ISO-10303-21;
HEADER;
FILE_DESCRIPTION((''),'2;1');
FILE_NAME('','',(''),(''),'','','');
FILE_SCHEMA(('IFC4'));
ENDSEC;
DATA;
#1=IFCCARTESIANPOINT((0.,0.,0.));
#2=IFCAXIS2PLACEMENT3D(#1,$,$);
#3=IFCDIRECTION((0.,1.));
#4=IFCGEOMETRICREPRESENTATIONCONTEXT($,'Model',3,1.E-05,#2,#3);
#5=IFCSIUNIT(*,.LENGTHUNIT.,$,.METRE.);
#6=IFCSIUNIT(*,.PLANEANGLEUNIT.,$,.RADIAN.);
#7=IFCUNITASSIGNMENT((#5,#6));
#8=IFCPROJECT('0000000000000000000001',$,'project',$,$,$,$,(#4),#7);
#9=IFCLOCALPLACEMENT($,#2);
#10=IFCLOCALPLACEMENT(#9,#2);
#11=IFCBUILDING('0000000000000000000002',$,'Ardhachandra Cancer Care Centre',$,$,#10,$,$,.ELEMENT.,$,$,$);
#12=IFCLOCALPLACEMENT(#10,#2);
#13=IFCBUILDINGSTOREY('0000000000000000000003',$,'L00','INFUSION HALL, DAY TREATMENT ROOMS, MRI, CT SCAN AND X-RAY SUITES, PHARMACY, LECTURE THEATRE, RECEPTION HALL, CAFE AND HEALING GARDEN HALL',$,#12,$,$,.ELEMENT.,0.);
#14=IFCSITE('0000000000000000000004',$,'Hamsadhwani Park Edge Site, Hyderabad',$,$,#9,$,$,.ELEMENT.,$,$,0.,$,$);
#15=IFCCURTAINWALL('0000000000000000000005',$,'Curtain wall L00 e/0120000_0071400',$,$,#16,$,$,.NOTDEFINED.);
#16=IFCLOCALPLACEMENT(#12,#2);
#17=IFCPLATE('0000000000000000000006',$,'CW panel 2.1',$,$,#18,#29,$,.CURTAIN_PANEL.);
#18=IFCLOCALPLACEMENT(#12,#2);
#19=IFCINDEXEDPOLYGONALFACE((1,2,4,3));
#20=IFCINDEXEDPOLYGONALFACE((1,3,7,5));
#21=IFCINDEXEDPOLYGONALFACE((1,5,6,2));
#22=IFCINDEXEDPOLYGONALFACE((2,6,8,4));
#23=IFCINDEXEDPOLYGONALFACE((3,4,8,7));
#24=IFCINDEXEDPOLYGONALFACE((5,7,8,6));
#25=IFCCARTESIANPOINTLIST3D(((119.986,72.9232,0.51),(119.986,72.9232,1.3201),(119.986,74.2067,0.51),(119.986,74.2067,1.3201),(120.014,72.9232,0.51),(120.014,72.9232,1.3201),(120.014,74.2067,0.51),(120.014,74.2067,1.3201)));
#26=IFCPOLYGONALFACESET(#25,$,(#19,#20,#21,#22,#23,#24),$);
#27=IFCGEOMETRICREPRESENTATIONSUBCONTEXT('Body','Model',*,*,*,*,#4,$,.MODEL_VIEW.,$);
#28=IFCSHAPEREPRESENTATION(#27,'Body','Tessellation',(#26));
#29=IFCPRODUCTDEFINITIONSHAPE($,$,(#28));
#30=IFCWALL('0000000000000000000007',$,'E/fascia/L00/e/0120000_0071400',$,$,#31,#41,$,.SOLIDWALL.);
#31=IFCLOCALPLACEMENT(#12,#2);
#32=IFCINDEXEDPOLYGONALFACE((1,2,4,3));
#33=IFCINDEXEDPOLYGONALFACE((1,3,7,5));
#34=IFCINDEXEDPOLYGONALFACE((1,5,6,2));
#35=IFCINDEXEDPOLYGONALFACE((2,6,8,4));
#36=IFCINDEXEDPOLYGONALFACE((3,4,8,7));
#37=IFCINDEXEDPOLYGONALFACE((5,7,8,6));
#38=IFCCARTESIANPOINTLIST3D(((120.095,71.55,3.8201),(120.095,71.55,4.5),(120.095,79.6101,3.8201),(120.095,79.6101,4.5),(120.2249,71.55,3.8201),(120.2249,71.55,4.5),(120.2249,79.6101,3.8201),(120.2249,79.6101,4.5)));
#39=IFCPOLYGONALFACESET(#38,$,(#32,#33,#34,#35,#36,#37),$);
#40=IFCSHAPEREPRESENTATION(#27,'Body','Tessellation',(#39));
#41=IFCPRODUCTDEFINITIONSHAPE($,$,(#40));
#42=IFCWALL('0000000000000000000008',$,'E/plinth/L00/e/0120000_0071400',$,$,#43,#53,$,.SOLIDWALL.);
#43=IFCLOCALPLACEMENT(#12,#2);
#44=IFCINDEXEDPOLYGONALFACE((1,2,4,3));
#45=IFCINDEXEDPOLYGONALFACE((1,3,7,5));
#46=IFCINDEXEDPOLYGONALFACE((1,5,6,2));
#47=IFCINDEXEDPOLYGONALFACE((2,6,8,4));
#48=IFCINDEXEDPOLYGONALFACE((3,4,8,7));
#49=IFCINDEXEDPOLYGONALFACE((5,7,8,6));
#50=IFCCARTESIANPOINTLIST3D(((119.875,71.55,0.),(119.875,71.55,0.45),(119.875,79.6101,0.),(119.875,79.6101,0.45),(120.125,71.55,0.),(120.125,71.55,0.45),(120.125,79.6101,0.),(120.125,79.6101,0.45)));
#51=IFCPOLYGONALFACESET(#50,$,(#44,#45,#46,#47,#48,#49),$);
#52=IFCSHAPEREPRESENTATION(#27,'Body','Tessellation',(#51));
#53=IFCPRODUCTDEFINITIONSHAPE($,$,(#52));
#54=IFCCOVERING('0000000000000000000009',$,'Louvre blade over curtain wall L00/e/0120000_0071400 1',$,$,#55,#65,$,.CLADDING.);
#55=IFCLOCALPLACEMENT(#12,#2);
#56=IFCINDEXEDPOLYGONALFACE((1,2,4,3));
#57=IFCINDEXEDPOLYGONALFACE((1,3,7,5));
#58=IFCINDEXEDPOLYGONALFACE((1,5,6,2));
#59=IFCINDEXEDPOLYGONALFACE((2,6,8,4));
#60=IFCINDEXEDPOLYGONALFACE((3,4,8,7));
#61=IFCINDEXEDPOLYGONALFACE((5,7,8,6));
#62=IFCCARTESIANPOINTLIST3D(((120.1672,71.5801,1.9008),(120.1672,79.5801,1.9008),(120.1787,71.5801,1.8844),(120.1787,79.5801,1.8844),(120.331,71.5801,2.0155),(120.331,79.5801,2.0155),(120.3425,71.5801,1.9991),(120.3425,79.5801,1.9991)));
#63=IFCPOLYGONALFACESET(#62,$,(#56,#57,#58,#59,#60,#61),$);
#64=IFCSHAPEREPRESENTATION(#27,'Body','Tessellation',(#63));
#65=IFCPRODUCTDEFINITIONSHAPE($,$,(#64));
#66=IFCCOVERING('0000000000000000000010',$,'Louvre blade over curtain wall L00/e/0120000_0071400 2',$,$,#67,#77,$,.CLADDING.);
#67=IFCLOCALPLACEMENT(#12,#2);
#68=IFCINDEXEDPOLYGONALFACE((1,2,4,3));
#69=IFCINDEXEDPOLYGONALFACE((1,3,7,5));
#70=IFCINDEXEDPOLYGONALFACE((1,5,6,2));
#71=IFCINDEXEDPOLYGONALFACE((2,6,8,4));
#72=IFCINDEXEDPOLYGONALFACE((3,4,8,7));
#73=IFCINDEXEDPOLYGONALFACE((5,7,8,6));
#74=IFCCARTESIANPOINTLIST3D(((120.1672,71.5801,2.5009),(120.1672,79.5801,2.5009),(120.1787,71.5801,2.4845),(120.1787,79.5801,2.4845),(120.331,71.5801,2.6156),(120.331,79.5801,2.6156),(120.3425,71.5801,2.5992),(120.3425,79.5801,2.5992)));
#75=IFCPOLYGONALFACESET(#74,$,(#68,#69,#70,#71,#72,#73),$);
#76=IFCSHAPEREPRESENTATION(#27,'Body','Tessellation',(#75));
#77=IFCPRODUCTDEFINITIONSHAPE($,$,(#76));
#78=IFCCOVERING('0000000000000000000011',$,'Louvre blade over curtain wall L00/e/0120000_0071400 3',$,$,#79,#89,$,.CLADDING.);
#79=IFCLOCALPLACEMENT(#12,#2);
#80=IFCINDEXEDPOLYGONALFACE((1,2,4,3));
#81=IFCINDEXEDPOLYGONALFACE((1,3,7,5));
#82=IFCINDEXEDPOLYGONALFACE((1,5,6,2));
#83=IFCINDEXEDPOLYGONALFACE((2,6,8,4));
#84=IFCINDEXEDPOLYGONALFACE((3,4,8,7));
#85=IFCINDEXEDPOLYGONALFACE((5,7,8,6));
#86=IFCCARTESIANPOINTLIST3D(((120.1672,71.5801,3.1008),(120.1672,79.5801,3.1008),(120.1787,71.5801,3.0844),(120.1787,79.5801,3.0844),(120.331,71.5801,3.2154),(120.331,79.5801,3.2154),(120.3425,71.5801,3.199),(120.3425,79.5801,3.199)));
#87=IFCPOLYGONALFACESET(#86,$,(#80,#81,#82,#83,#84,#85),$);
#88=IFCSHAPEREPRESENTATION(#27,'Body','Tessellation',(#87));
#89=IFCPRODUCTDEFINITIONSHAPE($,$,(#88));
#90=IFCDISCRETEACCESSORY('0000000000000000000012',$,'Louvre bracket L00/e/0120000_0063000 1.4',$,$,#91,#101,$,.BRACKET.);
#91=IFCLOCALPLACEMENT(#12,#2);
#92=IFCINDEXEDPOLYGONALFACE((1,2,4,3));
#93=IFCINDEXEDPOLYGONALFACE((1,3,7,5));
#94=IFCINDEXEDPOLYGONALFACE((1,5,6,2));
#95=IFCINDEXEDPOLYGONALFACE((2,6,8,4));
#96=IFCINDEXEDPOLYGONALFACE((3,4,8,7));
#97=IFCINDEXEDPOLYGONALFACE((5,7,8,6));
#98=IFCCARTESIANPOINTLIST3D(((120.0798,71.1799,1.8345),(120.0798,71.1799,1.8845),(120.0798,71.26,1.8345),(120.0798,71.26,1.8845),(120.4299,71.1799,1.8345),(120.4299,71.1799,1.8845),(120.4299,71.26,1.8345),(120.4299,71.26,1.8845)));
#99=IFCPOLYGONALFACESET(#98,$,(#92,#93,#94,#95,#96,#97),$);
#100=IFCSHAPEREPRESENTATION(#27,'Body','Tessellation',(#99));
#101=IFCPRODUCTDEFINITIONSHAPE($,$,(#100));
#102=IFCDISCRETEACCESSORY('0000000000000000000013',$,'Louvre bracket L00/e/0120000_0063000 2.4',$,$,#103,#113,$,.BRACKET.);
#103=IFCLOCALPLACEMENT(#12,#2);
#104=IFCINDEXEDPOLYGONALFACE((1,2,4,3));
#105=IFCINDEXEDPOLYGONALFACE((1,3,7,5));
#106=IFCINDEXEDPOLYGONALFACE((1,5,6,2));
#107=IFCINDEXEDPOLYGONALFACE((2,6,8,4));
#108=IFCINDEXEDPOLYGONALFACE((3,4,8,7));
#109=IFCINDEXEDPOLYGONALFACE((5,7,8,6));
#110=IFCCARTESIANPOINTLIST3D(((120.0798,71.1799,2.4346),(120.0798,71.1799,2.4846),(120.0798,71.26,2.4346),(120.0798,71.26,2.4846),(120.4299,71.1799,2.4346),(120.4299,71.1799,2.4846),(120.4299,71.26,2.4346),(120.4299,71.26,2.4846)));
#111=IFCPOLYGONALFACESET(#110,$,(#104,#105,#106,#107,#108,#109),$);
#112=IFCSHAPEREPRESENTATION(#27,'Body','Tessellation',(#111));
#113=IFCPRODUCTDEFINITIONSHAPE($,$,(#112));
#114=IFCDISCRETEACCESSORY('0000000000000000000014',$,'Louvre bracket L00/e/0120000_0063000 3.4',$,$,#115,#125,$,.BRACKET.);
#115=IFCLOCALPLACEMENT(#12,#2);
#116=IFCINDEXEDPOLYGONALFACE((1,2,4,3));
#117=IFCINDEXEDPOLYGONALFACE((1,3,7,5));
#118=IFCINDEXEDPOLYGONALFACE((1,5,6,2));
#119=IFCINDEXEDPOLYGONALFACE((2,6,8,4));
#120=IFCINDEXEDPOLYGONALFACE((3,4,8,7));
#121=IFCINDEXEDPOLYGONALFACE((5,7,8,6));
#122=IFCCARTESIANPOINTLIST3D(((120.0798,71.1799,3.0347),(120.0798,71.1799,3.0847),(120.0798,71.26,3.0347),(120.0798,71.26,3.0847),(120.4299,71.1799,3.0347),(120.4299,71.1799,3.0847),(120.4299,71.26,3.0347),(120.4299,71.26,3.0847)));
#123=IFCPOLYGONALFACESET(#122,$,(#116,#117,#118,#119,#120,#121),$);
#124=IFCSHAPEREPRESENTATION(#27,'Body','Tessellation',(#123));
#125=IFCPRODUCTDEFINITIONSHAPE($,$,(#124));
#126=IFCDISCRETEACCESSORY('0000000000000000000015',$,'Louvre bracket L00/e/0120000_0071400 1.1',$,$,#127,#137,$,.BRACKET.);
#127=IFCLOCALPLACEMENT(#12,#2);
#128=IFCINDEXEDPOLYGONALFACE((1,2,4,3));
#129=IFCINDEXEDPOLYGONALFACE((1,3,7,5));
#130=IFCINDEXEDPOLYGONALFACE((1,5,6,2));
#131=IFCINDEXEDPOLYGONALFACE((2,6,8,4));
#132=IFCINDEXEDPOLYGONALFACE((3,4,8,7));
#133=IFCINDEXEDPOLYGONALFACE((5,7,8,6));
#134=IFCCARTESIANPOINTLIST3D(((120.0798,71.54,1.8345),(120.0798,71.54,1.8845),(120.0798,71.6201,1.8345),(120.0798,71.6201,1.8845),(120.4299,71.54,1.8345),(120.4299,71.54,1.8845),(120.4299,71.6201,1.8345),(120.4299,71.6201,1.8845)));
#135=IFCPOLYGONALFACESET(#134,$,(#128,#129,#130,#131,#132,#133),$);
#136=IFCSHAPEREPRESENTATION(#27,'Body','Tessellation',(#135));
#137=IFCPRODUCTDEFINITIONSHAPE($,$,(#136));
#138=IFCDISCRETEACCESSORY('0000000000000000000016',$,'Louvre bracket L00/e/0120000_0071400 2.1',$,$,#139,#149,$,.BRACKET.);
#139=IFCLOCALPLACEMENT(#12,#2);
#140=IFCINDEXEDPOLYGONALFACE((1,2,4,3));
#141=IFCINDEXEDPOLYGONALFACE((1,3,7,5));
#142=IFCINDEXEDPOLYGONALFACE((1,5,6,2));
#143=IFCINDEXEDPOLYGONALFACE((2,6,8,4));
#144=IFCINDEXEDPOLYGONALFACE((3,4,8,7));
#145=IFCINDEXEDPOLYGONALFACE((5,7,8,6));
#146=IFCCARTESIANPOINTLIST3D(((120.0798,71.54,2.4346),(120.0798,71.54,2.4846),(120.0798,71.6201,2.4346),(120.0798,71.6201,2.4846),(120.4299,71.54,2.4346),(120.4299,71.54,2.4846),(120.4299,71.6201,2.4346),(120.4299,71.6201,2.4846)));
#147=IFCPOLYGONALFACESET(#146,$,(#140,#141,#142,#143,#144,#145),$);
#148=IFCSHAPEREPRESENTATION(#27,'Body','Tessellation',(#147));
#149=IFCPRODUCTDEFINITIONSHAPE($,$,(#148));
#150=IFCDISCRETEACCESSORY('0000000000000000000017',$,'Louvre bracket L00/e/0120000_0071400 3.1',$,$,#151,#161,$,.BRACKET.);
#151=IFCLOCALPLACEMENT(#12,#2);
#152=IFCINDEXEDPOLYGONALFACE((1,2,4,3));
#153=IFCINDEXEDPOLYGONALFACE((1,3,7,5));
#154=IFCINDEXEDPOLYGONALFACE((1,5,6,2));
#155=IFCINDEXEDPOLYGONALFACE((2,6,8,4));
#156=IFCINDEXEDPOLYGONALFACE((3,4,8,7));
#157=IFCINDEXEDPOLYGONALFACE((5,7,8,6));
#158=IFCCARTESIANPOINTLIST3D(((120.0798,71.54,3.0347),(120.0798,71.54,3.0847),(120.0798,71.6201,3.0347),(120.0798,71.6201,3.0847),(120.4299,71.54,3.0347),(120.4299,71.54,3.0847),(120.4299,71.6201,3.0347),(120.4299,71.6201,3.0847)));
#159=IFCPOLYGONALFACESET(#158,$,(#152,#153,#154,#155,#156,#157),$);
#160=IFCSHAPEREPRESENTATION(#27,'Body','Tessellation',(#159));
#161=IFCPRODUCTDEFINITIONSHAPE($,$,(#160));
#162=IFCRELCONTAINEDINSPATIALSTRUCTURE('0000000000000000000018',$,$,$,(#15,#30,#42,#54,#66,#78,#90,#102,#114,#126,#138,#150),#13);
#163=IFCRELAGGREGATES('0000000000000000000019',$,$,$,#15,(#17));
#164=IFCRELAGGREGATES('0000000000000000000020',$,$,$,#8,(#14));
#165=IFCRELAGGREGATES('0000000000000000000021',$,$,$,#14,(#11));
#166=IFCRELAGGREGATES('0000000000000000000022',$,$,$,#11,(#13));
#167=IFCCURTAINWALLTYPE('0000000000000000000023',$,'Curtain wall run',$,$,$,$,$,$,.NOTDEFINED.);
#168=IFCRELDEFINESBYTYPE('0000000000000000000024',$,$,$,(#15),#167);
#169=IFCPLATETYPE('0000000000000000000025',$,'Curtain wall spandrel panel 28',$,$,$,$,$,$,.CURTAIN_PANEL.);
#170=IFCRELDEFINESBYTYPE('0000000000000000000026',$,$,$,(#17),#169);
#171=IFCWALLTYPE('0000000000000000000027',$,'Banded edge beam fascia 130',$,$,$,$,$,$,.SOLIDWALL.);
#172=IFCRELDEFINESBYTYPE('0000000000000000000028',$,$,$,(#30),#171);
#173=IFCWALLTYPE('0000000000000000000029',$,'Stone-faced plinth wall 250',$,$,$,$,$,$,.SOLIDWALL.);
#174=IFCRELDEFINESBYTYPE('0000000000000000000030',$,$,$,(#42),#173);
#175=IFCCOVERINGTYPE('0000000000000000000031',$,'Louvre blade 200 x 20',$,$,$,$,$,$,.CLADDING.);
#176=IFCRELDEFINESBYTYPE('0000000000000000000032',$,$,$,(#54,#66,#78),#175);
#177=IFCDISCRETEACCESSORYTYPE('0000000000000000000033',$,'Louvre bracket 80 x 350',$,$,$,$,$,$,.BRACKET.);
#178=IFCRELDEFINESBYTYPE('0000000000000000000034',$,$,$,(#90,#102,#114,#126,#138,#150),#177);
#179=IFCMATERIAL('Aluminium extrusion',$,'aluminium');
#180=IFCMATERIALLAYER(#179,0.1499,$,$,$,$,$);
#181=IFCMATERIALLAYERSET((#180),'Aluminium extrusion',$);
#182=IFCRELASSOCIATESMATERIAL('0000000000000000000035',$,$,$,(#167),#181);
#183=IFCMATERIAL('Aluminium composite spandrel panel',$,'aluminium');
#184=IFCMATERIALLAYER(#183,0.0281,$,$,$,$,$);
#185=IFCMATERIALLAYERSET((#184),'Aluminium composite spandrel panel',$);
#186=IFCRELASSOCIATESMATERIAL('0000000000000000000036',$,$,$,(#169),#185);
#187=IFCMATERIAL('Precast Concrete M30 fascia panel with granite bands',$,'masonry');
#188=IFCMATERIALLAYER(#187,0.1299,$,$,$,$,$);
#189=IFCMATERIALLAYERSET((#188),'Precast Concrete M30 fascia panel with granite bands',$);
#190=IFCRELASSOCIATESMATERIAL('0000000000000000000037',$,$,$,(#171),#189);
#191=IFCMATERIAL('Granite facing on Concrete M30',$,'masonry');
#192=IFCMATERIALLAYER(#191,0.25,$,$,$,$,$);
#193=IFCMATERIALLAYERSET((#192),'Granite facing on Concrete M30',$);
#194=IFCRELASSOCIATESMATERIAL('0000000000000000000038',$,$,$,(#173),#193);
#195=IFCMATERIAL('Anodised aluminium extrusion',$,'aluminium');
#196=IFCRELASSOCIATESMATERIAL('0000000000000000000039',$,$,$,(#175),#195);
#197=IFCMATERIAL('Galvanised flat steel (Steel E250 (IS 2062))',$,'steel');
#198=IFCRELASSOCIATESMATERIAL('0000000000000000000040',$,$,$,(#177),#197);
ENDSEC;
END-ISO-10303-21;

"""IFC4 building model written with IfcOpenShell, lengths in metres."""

from ifc_helpers import new_model, si_unit, direction, frame, frame_2d, origin, origin_2d, place, context, subcontext, project, spatial, rectangle, extrude, material, layer, layer_set, material_profile, profile_set, type_object, element, aggregate, save


model = new_model("IFC4")

# Units and contexts
model_context = context("Model", 3, precision=1e-05, world=origin(), true_north=direction((0.0, 1.0)))
body_context = subcontext(model_context, "Body", "Model", "MODEL_VIEW")
ifc_project = project(units=[si_unit("LENGTHUNIT", "METRE"), si_unit("PLANEANGLEUNIT", "RADIAN")], contexts=[model_context])

# Site, building, storey
site_placement = place(None, origin())
site = spatial("IfcSite", under=ifc_project, at=site_placement, Name="Hamsadhwani Park Edge Site, Hyderabad", CompositionType="ELEMENT", RefElevation=0.0)
building_placement = place(site_placement, origin())
building = spatial("IfcBuilding", under=site, at=building_placement, Name="Ardhachandra Cancer Care Centre", CompositionType="ELEMENT")
storey_placement = place(building_placement, origin())
storey = spatial("IfcBuildingStorey", under=building, at=storey_placement, Name="L00", Description="INFUSION HALL, DAY TREATMENT ROOMS, MRI, CT SCAN AND X-RAY SUITES, PHARMACY, LECTURE THEATRE, RECEPTION HALL, CAFE AND HEALING GARDEN HALL", CompositionType="ELEMENT", Elevation=0.0)

# Curtain wall, plate
ifc_material_1 = material(Name="Aluminium extrusion", Category="aluminium")
ifc_layer_1 = layer(ifc_material_1, 0.1499)
ifc_layer_set_1 = layer_set([ifc_layer_1], Name="Aluminium extrusion")
curtain_wall_type = type_object("IfcCurtainWallType", Name="Curtain wall run", PredefinedType="NOTDEFINED", material=ifc_layer_set_1)
curtain_wall_placement = place(storey_placement, origin())
curtain_wall = element("IfcCurtainWall", 1, at=curtain_wall_placement, inside=storey, type_object=curtain_wall_type, Name="Curtain wall L00 e/0120000_0071400", PredefinedType="NOTDEFINED")
ifc_material_2 = material(Name="Aluminium composite spandrel panel", Category="aluminium")
ifc_layer_2 = layer(ifc_material_2, 0.0281)
ifc_layer_set_2 = layer_set([ifc_layer_2], Name="Aluminium composite spandrel panel")
plate_type_1 = type_object("IfcPlateType", Name="Curtain wall spandrel panel 28", PredefinedType="CURTAIN_PANEL", material=ifc_layer_set_2)
plate_1_placement = place(storey_placement, frame((120.0, 73.5649, 0.51), z_axis=(0.0, 0.0, 1.0), x_axis=(0.0, 1.0, 0.0)))
plate_1 = element("IfcPlate", 2, at=plate_1_placement, type_object=plate_type_1, Name="CW panel 2.1", PredefinedType="CURTAIN_PANEL", context=body_context, shape_type="SweptSolid", body=[
    extrude(rectangle(XDim=1.2834, YDim=0.0281, at=origin_2d()), origin(), (0.0, 0.0, 1.0), 0.8101),
])
aggregate(curtain_wall, [plate_1])

# Walls
ifc_material_3 = material(Name="Precast Concrete M30 fascia panel with granite bands", Category="masonry")
ifc_layer_3 = layer(ifc_material_3, 0.1299)
ifc_layer_set_3 = layer_set([ifc_layer_3], Name="Precast Concrete M30 fascia panel with granite bands")
wall_type_1 = type_object("IfcWallType", Name="Banded edge beam fascia 130", PredefinedType="SOLIDWALL", material=ifc_layer_set_3)
wall_1_placement = place(storey_placement, frame((120.1599, 71.55, 3.8201), z_axis=(0.0, 0.0, 1.0), x_axis=(0.0, 1.0, 0.0)))
element("IfcWall", 3, at=wall_1_placement, inside=storey, type_object=wall_type_1, Name="E/fascia/L00/e/0120000_0071400", PredefinedType="SOLIDWALL", context=body_context, shape_type="SweptSolid", body=[
    extrude(rectangle(XDim=8.0601, YDim=0.1299, at=frame_2d((4.03, 0.0))), origin(), (0.0, 0.0, 1.0), 0.6799),
])
ifc_material_4 = material(Name="Granite facing on Concrete M30", Category="masonry")
ifc_layer_4 = layer(ifc_material_4, 0.25)
ifc_layer_set_4 = layer_set([ifc_layer_4], Name="Granite facing on Concrete M30")
wall_type_2 = type_object("IfcWallType", Name="Stone-faced plinth wall 250", PredefinedType="SOLIDWALL", material=ifc_layer_set_4)
wall_2_placement = place(storey_placement, frame((120.0, 71.55, 0.0), z_axis=(0.0, 0.0, 1.0), x_axis=(0.0, 1.0, 0.0)))
element("IfcWall", 4, at=wall_2_placement, inside=storey, type_object=wall_type_2, Name="E/plinth/L00/e/0120000_0071400", PredefinedType="SOLIDWALL", context=body_context, shape_type="SweptSolid", body=[
    extrude(rectangle(XDim=8.0601, YDim=0.25, at=frame_2d((4.03, 0.0))), origin(), (0.0, 0.0, 1.0), 0.45),
])

# Coverings
ifc_material_5 = material(Name="Anodised aluminium extrusion", Category="aluminium")
ifc_material_profile_1 = material_profile(ifc_material_5, rectangle(XDim=0.2, YDim=0.02, at=origin_2d()), Name="Louvre blade 200 x 20")
ifc_profile_set_1 = profile_set([ifc_material_profile_1], Name="Anodised aluminium extrusion")
covering_type = type_object("IfcCoveringType", Name="Louvre blade 200 x 20", PredefinedType="CLADDING", material=ifc_profile_set_1)
for number, where, z_axis, x_axis, name in (
    (5, (120.2549, 71.5801, 1.95), (0.0, 1.0, 0.0), (-0.819152, 0.0, -0.573576), "Louvre blade over curtain wall L00/e/0120000_0071400 1"),
    (6, (120.2549, 71.5801, 2.55), (0.0, 1.0, 0.0), (-0.819152, 0.0, -0.573576), "Louvre blade over curtain wall L00/e/0120000_0071400 2"),
    (7, (120.2549, 71.5801, 3.1499), (0.0, 1.0, 0.0), (-0.819152, 0.0, -0.573576), "Louvre blade over curtain wall L00/e/0120000_0071400 3"),
):
    element("IfcCovering", number, at=place(storey_placement, frame(where, z_axis=z_axis, x_axis=x_axis)), inside=storey, type_object=covering_type, Name=name, PredefinedType="CLADDING", context=body_context, shape_type="SweptSolid", body=[
        extrude(rectangle(XDim=0.2, YDim=0.02, at=origin_2d()), origin(), (0.0, 0.0, 1.0), 8.0),
    ])

# Discrete accessories
ifc_material_6 = material(Name="Galvanised flat steel (Steel E250 (IS 2062))", Category="steel")
discrete_accessory_type = type_object("IfcDiscreteAccessoryType", Name="Louvre bracket 80 x 350", PredefinedType="BRACKET", material=ifc_material_6)
for number, where, z_axis, x_axis, name in (
    (8, (120.2549, 71.22, 1.8345), (0.0, 0.0, 1.0), (0.0, 1.0, 0.0), "Louvre bracket L00/e/0120000_0063000 1.4"),
    (9, (120.2549, 71.22, 2.4346), (0.0, 0.0, 1.0), (0.0, 1.0, 0.0), "Louvre bracket L00/e/0120000_0063000 2.4"),
    (10, (120.2549, 71.22, 3.0347), (0.0, 0.0, 1.0), (0.0, 1.0, 0.0), "Louvre bracket L00/e/0120000_0063000 3.4"),
    (11, (120.2549, 71.5801, 1.8345), (0.0, 0.0, 1.0), (0.0, 1.0, 0.0), "Louvre bracket L00/e/0120000_0071400 1.1"),
    (12, (120.2549, 71.5801, 2.4346), (0.0, 0.0, 1.0), (0.0, 1.0, 0.0), "Louvre bracket L00/e/0120000_0071400 2.1"),
    (13, (120.2549, 71.5801, 3.0347), (0.0, 0.0, 1.0), (0.0, 1.0, 0.0), "Louvre bracket L00/e/0120000_0071400 3.1"),
):
    element("IfcDiscreteAccessory", number, at=place(storey_placement, frame(where, z_axis=z_axis, x_axis=x_axis)), inside=storey, type_object=discrete_accessory_type, Name=name, PredefinedType="BRACKET", context=body_context, shape_type="SweptSolid", body=[
        extrude(rectangle(XDim=0.0801, YDim=0.3501, at=origin_2d()), origin(), (0.0, 0.0, 1.0), 0.05),
    ])

save(model, "model.ifc")
